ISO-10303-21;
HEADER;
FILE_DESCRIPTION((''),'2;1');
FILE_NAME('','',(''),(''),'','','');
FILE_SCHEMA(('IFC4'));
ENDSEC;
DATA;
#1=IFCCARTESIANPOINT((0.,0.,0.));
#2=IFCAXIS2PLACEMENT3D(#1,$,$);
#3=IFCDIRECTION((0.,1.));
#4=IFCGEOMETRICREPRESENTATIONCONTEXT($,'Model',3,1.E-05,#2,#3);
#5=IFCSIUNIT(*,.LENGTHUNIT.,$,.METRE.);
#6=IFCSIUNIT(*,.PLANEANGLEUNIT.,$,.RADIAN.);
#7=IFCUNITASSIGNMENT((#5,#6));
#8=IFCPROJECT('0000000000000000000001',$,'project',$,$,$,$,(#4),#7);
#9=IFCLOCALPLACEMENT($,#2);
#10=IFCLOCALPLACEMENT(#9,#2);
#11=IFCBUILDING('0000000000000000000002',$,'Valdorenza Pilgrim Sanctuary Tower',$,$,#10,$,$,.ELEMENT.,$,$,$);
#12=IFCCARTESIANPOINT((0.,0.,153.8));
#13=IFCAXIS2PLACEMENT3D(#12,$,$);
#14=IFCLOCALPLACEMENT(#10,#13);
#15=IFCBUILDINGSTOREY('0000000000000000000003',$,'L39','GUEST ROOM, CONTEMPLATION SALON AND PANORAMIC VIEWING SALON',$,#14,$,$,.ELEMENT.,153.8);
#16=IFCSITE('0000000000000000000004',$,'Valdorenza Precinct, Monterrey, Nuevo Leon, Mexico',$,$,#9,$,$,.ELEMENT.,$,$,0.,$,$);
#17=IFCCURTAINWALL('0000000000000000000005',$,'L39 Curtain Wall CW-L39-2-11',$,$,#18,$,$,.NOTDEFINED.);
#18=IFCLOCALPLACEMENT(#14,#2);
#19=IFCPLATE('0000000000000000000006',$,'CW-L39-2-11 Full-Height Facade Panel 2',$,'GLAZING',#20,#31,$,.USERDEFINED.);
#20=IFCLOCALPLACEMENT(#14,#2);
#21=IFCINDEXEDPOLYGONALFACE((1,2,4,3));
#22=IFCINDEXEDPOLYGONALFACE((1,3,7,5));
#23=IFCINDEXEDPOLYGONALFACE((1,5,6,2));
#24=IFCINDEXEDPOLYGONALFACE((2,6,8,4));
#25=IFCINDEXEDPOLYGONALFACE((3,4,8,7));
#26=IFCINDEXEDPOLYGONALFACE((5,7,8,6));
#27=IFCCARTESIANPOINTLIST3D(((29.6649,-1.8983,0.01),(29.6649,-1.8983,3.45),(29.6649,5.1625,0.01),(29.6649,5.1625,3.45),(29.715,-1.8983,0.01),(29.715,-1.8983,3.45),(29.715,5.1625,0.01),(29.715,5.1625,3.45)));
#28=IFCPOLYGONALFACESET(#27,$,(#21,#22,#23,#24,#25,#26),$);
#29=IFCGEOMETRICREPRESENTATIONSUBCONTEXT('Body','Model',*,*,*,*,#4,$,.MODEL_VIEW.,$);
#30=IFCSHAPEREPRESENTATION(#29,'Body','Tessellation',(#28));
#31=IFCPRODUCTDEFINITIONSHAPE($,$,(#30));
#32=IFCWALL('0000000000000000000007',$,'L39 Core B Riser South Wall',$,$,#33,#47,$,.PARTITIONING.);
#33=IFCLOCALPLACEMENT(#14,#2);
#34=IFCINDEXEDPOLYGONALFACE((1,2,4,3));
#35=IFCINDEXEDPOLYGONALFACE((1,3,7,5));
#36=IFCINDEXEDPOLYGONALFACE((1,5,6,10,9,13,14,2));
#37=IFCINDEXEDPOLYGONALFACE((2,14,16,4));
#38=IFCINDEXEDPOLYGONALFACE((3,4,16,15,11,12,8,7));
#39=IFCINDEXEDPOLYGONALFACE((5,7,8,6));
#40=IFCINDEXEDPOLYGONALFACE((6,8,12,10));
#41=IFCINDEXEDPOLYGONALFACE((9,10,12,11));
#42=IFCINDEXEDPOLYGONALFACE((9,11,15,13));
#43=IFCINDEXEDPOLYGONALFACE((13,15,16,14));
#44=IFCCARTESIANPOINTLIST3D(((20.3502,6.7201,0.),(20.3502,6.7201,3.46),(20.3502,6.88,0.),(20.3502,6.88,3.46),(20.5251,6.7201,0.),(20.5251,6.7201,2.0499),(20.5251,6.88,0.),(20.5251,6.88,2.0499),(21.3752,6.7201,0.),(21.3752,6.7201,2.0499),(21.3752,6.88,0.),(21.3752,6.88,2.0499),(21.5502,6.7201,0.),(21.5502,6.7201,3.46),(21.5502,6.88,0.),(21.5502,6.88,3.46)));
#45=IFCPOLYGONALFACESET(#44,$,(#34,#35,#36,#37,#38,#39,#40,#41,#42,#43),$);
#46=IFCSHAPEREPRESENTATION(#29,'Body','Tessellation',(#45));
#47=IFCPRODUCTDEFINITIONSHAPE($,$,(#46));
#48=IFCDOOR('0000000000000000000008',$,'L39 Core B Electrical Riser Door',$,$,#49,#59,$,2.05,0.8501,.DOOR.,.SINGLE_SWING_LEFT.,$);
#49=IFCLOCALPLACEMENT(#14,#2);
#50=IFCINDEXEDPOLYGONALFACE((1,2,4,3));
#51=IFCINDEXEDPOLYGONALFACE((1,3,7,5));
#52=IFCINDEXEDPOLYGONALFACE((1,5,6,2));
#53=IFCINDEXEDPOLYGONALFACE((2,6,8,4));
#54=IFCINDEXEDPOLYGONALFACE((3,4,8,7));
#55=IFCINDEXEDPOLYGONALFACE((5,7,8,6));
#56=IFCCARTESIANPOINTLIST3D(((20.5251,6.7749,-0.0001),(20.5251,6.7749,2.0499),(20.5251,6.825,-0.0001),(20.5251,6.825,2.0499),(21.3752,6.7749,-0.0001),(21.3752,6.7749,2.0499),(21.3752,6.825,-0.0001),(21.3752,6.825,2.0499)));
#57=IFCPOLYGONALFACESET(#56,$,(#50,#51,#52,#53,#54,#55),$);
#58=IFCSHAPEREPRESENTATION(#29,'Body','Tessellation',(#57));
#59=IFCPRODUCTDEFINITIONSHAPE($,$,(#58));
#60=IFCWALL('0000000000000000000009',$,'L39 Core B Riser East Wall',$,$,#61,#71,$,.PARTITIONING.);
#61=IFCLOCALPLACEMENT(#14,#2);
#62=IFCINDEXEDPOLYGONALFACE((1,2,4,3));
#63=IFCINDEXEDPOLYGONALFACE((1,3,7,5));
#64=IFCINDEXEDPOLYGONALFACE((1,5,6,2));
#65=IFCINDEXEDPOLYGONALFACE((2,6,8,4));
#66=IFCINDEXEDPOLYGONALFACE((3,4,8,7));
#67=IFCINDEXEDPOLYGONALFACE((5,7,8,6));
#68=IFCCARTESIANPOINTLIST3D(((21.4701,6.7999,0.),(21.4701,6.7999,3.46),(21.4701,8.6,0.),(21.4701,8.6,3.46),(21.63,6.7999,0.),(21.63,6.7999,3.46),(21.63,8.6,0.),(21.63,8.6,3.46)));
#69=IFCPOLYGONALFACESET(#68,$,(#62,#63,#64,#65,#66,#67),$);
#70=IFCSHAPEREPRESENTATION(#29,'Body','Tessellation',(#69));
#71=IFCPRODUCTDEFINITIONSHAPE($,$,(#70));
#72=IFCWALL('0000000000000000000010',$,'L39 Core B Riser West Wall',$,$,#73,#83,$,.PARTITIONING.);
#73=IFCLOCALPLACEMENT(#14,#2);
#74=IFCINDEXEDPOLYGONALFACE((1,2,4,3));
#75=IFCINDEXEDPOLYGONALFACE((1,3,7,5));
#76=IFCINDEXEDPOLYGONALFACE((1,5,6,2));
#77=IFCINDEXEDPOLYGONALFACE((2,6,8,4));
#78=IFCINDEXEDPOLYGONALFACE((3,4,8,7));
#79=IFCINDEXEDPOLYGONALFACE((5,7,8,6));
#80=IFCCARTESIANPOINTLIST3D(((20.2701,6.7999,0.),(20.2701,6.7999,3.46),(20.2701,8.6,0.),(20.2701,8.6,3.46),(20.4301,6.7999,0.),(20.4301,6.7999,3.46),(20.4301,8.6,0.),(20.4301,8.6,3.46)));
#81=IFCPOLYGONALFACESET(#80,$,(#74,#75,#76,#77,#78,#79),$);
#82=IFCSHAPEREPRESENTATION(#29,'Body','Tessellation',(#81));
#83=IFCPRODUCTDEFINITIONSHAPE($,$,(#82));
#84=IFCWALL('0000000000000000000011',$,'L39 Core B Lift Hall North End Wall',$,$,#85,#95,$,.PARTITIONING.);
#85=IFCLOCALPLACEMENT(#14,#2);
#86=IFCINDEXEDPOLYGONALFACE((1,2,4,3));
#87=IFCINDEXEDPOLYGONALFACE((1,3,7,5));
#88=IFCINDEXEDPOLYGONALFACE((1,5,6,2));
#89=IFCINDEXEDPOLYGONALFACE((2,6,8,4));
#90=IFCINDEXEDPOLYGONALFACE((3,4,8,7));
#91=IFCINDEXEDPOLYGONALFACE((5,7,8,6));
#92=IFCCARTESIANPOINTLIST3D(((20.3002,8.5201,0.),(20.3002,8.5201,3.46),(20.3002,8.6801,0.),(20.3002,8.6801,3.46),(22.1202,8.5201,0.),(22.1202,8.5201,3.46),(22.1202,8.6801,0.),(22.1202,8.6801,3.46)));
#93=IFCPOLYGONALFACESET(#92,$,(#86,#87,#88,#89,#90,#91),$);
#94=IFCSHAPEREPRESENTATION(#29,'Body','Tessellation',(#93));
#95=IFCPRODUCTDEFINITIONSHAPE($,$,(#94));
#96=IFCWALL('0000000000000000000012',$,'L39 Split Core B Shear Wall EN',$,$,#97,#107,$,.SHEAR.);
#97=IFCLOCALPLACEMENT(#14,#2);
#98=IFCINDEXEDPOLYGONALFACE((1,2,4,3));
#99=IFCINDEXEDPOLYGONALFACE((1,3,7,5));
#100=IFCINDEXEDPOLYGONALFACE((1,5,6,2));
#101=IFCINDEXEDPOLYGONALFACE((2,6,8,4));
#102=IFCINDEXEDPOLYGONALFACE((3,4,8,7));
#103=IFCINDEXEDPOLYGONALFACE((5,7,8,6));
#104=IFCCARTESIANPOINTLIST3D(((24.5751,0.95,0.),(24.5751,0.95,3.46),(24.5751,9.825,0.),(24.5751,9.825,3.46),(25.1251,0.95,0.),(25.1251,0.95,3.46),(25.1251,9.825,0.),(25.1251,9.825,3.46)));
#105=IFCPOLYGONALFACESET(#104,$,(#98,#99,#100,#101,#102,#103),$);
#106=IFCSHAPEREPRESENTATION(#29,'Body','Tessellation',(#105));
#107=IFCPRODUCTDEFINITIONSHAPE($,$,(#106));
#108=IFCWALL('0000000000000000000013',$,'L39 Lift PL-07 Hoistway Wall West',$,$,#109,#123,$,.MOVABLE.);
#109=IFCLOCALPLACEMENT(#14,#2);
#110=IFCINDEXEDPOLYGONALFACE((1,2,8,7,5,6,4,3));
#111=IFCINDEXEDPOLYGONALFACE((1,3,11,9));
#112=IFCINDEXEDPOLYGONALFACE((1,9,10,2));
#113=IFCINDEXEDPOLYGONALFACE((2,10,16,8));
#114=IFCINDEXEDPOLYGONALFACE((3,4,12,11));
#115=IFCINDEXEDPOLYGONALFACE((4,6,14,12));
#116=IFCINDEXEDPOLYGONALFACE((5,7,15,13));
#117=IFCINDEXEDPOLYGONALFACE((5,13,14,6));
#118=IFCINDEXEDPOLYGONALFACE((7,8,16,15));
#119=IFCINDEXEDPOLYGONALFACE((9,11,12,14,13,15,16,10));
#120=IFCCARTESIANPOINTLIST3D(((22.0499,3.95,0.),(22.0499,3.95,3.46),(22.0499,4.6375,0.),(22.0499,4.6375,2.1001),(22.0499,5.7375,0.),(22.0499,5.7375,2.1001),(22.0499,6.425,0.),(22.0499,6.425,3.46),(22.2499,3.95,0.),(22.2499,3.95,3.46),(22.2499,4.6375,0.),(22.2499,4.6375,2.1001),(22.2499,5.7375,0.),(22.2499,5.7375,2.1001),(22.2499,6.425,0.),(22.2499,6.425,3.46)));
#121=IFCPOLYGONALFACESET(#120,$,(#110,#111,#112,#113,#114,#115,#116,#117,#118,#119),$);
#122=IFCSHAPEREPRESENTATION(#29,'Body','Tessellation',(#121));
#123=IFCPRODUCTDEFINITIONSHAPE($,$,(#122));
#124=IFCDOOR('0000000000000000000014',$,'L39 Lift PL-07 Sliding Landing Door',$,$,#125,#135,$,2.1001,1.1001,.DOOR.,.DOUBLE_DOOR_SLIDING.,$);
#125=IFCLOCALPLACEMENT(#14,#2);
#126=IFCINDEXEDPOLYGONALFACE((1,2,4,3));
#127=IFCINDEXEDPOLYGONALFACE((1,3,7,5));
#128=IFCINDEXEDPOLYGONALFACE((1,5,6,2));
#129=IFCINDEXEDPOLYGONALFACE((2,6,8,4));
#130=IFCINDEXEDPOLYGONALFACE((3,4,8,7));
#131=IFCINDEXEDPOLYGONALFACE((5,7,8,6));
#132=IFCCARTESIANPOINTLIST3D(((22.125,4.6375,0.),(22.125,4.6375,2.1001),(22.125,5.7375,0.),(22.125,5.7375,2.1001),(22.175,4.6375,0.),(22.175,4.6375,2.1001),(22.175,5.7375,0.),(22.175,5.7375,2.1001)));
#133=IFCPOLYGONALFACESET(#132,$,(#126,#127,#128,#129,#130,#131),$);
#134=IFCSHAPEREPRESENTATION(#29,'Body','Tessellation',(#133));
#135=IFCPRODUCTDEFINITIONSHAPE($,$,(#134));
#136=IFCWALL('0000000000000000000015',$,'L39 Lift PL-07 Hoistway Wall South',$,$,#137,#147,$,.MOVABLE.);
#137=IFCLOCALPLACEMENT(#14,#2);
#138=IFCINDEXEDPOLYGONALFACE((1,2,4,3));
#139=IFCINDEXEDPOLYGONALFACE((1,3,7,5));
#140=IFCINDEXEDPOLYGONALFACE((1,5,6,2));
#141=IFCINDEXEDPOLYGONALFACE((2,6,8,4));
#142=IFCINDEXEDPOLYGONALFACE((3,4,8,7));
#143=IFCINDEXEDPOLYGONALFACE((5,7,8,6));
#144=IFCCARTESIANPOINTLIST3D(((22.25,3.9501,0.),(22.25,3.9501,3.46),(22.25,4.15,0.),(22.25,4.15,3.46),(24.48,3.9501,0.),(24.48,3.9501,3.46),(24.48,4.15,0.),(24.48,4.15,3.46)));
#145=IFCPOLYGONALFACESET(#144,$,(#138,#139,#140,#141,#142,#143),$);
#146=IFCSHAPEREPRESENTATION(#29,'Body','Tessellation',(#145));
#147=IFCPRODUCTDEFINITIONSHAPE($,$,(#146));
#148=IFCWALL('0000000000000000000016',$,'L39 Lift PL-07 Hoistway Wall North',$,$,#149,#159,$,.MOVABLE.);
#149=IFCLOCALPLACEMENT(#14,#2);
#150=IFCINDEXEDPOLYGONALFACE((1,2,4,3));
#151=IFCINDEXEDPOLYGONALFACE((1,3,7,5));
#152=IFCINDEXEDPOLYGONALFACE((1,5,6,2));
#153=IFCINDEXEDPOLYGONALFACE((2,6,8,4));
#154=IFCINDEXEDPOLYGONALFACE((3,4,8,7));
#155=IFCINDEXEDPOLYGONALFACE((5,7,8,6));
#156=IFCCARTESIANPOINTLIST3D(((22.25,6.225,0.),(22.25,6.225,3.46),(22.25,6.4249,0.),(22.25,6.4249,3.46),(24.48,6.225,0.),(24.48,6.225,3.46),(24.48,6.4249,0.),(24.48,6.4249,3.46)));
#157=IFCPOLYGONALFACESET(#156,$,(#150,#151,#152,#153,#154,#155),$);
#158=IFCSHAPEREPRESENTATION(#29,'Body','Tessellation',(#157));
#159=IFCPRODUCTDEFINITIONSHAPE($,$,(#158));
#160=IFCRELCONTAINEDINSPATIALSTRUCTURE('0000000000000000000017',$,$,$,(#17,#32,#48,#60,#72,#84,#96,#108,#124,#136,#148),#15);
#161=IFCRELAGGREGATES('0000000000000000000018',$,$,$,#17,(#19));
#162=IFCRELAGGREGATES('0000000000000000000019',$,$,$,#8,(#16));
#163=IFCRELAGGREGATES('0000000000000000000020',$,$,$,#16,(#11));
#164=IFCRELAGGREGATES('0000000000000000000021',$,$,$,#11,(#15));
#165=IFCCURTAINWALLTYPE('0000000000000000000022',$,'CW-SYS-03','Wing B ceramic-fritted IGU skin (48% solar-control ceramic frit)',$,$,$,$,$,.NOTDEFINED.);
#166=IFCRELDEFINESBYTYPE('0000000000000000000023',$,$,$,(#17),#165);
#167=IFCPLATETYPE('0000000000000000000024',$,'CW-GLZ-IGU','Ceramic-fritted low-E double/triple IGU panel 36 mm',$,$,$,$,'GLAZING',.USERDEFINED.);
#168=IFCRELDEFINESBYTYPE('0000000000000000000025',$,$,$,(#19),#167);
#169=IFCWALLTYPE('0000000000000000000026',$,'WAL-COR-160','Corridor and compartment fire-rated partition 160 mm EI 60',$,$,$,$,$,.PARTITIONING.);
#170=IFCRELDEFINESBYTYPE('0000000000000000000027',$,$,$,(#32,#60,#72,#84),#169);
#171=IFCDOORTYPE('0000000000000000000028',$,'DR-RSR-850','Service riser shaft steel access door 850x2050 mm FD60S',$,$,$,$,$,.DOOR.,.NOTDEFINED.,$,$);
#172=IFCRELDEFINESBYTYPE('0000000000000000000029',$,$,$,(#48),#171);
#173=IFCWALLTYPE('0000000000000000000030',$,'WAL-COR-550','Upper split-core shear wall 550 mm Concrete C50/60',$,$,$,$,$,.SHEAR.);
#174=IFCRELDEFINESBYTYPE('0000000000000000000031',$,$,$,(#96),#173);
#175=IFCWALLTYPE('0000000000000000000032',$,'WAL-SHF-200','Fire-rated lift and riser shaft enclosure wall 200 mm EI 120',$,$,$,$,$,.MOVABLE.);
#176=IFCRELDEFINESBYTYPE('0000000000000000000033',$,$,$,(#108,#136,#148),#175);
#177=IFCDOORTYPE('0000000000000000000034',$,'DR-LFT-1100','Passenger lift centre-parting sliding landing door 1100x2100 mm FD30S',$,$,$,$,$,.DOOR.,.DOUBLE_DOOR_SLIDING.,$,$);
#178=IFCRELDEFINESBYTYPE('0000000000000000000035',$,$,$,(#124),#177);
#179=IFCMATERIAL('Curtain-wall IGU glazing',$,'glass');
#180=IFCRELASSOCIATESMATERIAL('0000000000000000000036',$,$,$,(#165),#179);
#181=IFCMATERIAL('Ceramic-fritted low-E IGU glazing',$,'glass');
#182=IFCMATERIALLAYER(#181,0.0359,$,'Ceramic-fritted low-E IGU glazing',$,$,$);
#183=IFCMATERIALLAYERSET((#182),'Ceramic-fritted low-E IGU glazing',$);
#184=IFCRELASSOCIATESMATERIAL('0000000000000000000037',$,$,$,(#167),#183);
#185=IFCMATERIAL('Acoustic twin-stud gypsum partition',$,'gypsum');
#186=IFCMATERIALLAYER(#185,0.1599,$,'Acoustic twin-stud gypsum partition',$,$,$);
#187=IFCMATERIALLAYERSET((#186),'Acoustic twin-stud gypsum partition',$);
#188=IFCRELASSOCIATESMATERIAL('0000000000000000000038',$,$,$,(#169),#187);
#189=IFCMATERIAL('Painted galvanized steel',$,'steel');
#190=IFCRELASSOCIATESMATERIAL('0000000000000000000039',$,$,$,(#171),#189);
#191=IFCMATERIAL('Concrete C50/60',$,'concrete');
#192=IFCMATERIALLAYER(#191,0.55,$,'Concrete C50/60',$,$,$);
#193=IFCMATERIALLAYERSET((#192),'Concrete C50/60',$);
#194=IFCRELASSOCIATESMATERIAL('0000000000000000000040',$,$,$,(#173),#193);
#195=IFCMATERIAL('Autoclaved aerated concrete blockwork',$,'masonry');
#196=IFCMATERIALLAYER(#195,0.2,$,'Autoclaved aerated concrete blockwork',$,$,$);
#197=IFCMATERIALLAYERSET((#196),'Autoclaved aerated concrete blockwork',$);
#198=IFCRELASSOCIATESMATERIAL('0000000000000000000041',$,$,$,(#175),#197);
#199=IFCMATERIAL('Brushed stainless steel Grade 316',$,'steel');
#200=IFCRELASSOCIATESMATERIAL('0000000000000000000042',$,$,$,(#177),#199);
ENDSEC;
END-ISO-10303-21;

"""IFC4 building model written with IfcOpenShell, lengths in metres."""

from ifc_helpers import new_model, si_unit, direction, frame, frame_2d, origin, origin_2d, place, context, subcontext, project, spatial, rectangle, extrude, source, transform, mapped, material, layer, layer_set, type_object, element, fill, aggregate, save


model = new_model("IFC4")

# Units and contexts
model_context = context("Model", 3, precision=1e-05, world=origin(), true_north=direction((0.0, 1.0)))
body_context = subcontext(model_context, "Body", "Model", "MODEL_VIEW")
ifc_project = project(units=[si_unit("LENGTHUNIT", "METRE"), si_unit("PLANEANGLEUNIT", "RADIAN")], contexts=[model_context])

# Site, building, storey
site_placement = place(None, origin())
site = spatial("IfcSite", under=ifc_project, at=site_placement, Name="Valdorenza Precinct, Monterrey, Nuevo Leon, Mexico", CompositionType="ELEMENT", RefElevation=0.0)
building_placement = place(site_placement, origin())
building = spatial("IfcBuilding", under=site, at=building_placement, Name="Valdorenza Pilgrim Sanctuary Tower", CompositionType="ELEMENT")
storey_placement = place(building_placement, frame((0.0, 0.0, 153.8)))
storey = spatial("IfcBuildingStorey", under=building, at=storey_placement, Name="L39", Description="GUEST ROOM, CONTEMPLATION SALON AND PANORAMIC VIEWING SALON", CompositionType="ELEMENT", Elevation=153.8)

# Curtain wall, plate
ifc_material_1 = material(Name="Curtain-wall IGU glazing", Category="glass")
curtain_wall_type = type_object("IfcCurtainWallType", Name="CW-SYS-03", Description="Wing B ceramic-fritted IGU skin (48% solar-control ceramic frit)", PredefinedType="NOTDEFINED", material=ifc_material_1)
curtain_wall_placement = place(storey_placement, origin())
curtain_wall = element("IfcCurtainWall", 1, at=curtain_wall_placement, inside=storey, type_object=curtain_wall_type, Name="L39 Curtain Wall CW-L39-2-11", PredefinedType="NOTDEFINED")
ifc_material_2 = material(Name="Ceramic-fritted low-E IGU glazing", Category="glass")
ifc_layer_1 = layer(ifc_material_2, 0.0359, Name="Ceramic-fritted low-E IGU glazing")
ifc_layer_set_1 = layer_set([ifc_layer_1], Name="Ceramic-fritted low-E IGU glazing")
plate_type_1 = type_object("IfcPlateType", Name="CW-GLZ-IGU", Description="Ceramic-fritted low-E double/triple IGU panel 36 mm", ElementType="GLAZING", PredefinedType="USERDEFINED", material=ifc_layer_set_1)
shared_shape_1 = source(origin(), body_context, "Body", "SweptSolid", [
    extrude(rectangle(XDim=7.0608, YDim=0.05, at=origin_2d()), origin(), (0.0, 0.0, 1.0), 3.4399),
])
plate_1_placement = place(storey_placement, frame((29.6899, 1.6321, 0.01), z_axis=(0.0, 0.0, 1.0), x_axis=(0.0, -1.0, 0.0)))
plate_1 = element("IfcPlate", 2, at=plate_1_placement, type_object=plate_type_1, Name="CW-L39-2-11 Full-Height Facade Panel 2", ObjectType="GLAZING", PredefinedType="USERDEFINED", context=body_context, shape_type="MappedRepresentation", body=[
    mapped(shared_shape_1, transform((0.0, 0.0, 0.0), x_axis=(1.0, 0.0, 0.0), y_axis=(0.0, 1.0, 0.0), z_axis=(0.0, 0.0, 1.0), scale=1.0)),
])
aggregate(curtain_wall, [plate_1])

# Wall, opening, door
ifc_material_3 = material(Name="Acoustic twin-stud gypsum partition", Category="gypsum")
ifc_layer_2 = layer(ifc_material_3, 0.1599, Name="Acoustic twin-stud gypsum partition")
ifc_layer_set_2 = layer_set([ifc_layer_2], Name="Acoustic twin-stud gypsum partition")
wall_type_1 = type_object("IfcWallType", Name="WAL-COR-160", Description="Corridor and compartment fire-rated partition 160 mm EI 60", PredefinedType="PARTITIONING", material=ifc_layer_set_2)
wall_1_placement = place(storey_placement, frame((20.3501, 6.8, 0.0), z_axis=(0.0, 0.0, 1.0), x_axis=(1.0, 0.0, 0.0)))
wall_1 = element("IfcWall", 3, at=wall_1_placement, inside=storey, type_object=wall_type_1, Name="L39 Core B Riser South Wall", PredefinedType="PARTITIONING", context=body_context, shape_type="SweptSolid", body=[
    extrude(rectangle(XDim=1.2, YDim=0.1599, at=frame_2d((0.6001, 0.0))), origin(), (0.0, 0.0, 1.0), 3.46),
])
opening_1_placement = place(wall_1_placement, frame((0.175, 0.0, 0.0)))
opening_1 = element("IfcOpeningElement", 4, at=opening_1_placement, cuts=wall_1, PredefinedType="OPENING", context=body_context, shape_type="SweptSolid", body=[
    extrude(rectangle(XDim=0.8501, YDim=2.05, at=frame_2d((0.425, 1.0249))), frame((0.0, 0.0947, 0.0), z_axis=(0.0, -1.0, 0.0), x_axis=(1.0, 0.0, 0.0)), (0.0, 0.0, 1.0), 0.1897),
])
ifc_material_4 = material(Name="Painted galvanized steel", Category="steel")
door_type_1 = type_object("IfcDoorType", Name="DR-RSR-850", Description="Service riser shaft steel access door 850x2050 mm FD60S", OperationType="NOTDEFINED", PredefinedType="DOOR", material=ifc_material_4)
door_1_placement = place(opening_1_placement, origin())
door_1 = element("IfcDoor", 5, at=door_1_placement, inside=storey, type_object=door_type_1, Name="L39 Core B Electrical Riser Door", OperationType="SINGLE_SWING_LEFT", OverallHeight=2.05, OverallWidth=0.8501, PredefinedType="DOOR", context=body_context, shape_type="SweptSolid", body=[
    extrude(rectangle(XDim=0.8501, YDim=2.05, at=frame_2d((0.425, 1.0249))), frame((0.0, 0.0249, 0.0), z_axis=(0.0, -1.0, 0.0), x_axis=(1.0, 0.0, 0.0)), (0.0, 0.0, 1.0), 0.05),
])
fill(opening_1, door_1)

# Walls
for number, where, z_axis, x_axis, name in (
    (6, (21.55, 6.8, 0.0), (0.0, 0.0, 1.0), (0.0, 1.0, 0.0), "L39 Core B Riser East Wall"),
    (7, (20.3501, 6.8, 0.0), (0.0, 0.0, 1.0), (0.0, 1.0, 0.0), "L39 Core B Riser West Wall"),
):
    element("IfcWall", number, at=place(storey_placement, frame(where, z_axis=z_axis, x_axis=x_axis)), inside=storey, type_object=wall_type_1, Name=name, PredefinedType="PARTITIONING", context=body_context, shape_type="SweptSolid", body=[
        extrude(rectangle(XDim=1.8, YDim=0.1599, at=frame_2d((0.8999, 0.0))), origin(), (0.0, 0.0, 1.0), 3.46),
    ])
wall_2_placement = place(storey_placement, frame((20.3, 8.6001, 0.0), z_axis=(0.0, 0.0, 1.0), x_axis=(1.0, 0.0, 0.0)))
element("IfcWall", 8, at=wall_2_placement, inside=storey, type_object=wall_type_1, Name="L39 Core B Lift Hall North End Wall", PredefinedType="PARTITIONING", context=body_context, shape_type="SweptSolid", body=[
    extrude(rectangle(XDim=1.8201, YDim=0.1599, at=frame_2d((0.9102, 0.0))), origin(), (0.0, 0.0, 1.0), 3.46),
])
ifc_material_5 = material(Name="Concrete C50/60", Category="concrete")
ifc_layer_3 = layer(ifc_material_5, 0.55, Name="Concrete C50/60")
ifc_layer_set_3 = layer_set([ifc_layer_3], Name="Concrete C50/60")
wall_type_2 = type_object("IfcWallType", Name="WAL-COR-550", Description="Upper split-core shear wall 550 mm Concrete C50/60", PredefinedType="SHEAR", material=ifc_layer_set_3)
wall_3_placement = place(storey_placement, frame((24.8501, 0.95, 0.0), z_axis=(0.0, 0.0, 1.0), x_axis=(0.0, 1.0, 0.0)))
element("IfcWall", 9, at=wall_3_placement, inside=storey, type_object=wall_type_2, Name="L39 Split Core B Shear Wall EN", PredefinedType="SHEAR", context=body_context, shape_type="SweptSolid", body=[
    extrude(rectangle(XDim=8.875, YDim=0.55, at=frame_2d((4.4375, 0.0))), origin(), (0.0, 0.0, 1.0), 3.46),
])

# Wall, opening, door
ifc_material_6 = material(Name="Autoclaved aerated concrete blockwork", Category="masonry")
ifc_layer_4 = layer(ifc_material_6, 0.2, Name="Autoclaved aerated concrete blockwork")
ifc_layer_set_4 = layer_set([ifc_layer_4], Name="Autoclaved aerated concrete blockwork")
wall_type_3 = type_object("IfcWallType", Name="WAL-SHF-200", Description="Fire-rated lift and riser shaft enclosure wall 200 mm EI 120", PredefinedType="MOVABLE", material=ifc_layer_set_4)
wall_4_placement = place(storey_placement, frame((22.1499, 3.95, 0.0), z_axis=(0.0, 0.0, 1.0), x_axis=(0.0, 1.0, 0.0)))
wall_4 = element("IfcWall", 10, at=wall_4_placement, inside=storey, type_object=wall_type_3, Name="L39 Lift PL-07 Hoistway Wall West", PredefinedType="MOVABLE", context=body_context, shape_type="SweptSolid", body=[
    extrude(rectangle(XDim=2.4751, YDim=0.2, at=frame_2d((1.2375, 0.0))), origin(), (0.0, 0.0, 1.0), 3.46),
])
opening_2_placement = place(wall_4_placement, frame((0.6875, 0.0, 0.0)))
opening_2 = element("IfcOpeningElement", 11, at=opening_2_placement, cuts=wall_4, PredefinedType="OPENING", context=body_context, shape_type="SweptSolid", body=[
    extrude(rectangle(XDim=1.1001, YDim=2.1001, at=frame_2d((0.55, 1.05))), frame((0.0, 0.1147, 0.0), z_axis=(0.0, -1.0, 0.0), x_axis=(1.0, 0.0, 0.0)), (0.0, 0.0, 1.0), 0.2297),
])
ifc_material_7 = material(Name="Brushed stainless steel Grade 316", Category="steel")
door_type_2 = type_object("IfcDoorType", Name="DR-LFT-1100", Description="Passenger lift centre-parting sliding landing door 1100x2100 mm FD30S", OperationType="DOUBLE_DOOR_SLIDING", PredefinedType="DOOR", material=ifc_material_7)
door_2_placement = place(opening_2_placement, origin())
door_2 = element("IfcDoor", 12, at=door_2_placement, inside=storey, type_object=door_type_2, Name="L39 Lift PL-07 Sliding Landing Door", OperationType="DOUBLE_DOOR_SLIDING", OverallHeight=2.1001, OverallWidth=1.1001, PredefinedType="DOOR", context=body_context, shape_type="SweptSolid", body=[
    extrude(rectangle(XDim=1.1001, YDim=2.1001, at=frame_2d((0.55, 1.05))), frame((0.0, 0.0249, 0.0), z_axis=(0.0, -1.0, 0.0), x_axis=(1.0, 0.0, 0.0)), (0.0, 0.0, 1.0), 0.05),
])
fill(opening_2, door_2)

# Walls
for number, where, z_axis, x_axis, name in (
    (13, (22.25, 4.05, 0.0), (0.0, 0.0, 1.0), (1.0, 0.0, 0.0), "L39 Lift PL-07 Hoistway Wall South"),
    (14, (22.25, 6.325, 0.0), (0.0, 0.0, 1.0), (1.0, 0.0, 0.0), "L39 Lift PL-07 Hoistway Wall North"),
):
    element("IfcWall", number, at=place(storey_placement, frame(where, z_axis=z_axis, x_axis=x_axis)), inside=storey, type_object=wall_type_3, Name=name, PredefinedType="MOVABLE", context=body_context, shape_type="SweptSolid", body=[
        extrude(rectangle(XDim=2.23, YDim=0.2, at=frame_2d((1.115, 0.0))), origin(), (0.0, 0.0, 1.0), 3.46),
    ])

save(model, "model.ifc")
